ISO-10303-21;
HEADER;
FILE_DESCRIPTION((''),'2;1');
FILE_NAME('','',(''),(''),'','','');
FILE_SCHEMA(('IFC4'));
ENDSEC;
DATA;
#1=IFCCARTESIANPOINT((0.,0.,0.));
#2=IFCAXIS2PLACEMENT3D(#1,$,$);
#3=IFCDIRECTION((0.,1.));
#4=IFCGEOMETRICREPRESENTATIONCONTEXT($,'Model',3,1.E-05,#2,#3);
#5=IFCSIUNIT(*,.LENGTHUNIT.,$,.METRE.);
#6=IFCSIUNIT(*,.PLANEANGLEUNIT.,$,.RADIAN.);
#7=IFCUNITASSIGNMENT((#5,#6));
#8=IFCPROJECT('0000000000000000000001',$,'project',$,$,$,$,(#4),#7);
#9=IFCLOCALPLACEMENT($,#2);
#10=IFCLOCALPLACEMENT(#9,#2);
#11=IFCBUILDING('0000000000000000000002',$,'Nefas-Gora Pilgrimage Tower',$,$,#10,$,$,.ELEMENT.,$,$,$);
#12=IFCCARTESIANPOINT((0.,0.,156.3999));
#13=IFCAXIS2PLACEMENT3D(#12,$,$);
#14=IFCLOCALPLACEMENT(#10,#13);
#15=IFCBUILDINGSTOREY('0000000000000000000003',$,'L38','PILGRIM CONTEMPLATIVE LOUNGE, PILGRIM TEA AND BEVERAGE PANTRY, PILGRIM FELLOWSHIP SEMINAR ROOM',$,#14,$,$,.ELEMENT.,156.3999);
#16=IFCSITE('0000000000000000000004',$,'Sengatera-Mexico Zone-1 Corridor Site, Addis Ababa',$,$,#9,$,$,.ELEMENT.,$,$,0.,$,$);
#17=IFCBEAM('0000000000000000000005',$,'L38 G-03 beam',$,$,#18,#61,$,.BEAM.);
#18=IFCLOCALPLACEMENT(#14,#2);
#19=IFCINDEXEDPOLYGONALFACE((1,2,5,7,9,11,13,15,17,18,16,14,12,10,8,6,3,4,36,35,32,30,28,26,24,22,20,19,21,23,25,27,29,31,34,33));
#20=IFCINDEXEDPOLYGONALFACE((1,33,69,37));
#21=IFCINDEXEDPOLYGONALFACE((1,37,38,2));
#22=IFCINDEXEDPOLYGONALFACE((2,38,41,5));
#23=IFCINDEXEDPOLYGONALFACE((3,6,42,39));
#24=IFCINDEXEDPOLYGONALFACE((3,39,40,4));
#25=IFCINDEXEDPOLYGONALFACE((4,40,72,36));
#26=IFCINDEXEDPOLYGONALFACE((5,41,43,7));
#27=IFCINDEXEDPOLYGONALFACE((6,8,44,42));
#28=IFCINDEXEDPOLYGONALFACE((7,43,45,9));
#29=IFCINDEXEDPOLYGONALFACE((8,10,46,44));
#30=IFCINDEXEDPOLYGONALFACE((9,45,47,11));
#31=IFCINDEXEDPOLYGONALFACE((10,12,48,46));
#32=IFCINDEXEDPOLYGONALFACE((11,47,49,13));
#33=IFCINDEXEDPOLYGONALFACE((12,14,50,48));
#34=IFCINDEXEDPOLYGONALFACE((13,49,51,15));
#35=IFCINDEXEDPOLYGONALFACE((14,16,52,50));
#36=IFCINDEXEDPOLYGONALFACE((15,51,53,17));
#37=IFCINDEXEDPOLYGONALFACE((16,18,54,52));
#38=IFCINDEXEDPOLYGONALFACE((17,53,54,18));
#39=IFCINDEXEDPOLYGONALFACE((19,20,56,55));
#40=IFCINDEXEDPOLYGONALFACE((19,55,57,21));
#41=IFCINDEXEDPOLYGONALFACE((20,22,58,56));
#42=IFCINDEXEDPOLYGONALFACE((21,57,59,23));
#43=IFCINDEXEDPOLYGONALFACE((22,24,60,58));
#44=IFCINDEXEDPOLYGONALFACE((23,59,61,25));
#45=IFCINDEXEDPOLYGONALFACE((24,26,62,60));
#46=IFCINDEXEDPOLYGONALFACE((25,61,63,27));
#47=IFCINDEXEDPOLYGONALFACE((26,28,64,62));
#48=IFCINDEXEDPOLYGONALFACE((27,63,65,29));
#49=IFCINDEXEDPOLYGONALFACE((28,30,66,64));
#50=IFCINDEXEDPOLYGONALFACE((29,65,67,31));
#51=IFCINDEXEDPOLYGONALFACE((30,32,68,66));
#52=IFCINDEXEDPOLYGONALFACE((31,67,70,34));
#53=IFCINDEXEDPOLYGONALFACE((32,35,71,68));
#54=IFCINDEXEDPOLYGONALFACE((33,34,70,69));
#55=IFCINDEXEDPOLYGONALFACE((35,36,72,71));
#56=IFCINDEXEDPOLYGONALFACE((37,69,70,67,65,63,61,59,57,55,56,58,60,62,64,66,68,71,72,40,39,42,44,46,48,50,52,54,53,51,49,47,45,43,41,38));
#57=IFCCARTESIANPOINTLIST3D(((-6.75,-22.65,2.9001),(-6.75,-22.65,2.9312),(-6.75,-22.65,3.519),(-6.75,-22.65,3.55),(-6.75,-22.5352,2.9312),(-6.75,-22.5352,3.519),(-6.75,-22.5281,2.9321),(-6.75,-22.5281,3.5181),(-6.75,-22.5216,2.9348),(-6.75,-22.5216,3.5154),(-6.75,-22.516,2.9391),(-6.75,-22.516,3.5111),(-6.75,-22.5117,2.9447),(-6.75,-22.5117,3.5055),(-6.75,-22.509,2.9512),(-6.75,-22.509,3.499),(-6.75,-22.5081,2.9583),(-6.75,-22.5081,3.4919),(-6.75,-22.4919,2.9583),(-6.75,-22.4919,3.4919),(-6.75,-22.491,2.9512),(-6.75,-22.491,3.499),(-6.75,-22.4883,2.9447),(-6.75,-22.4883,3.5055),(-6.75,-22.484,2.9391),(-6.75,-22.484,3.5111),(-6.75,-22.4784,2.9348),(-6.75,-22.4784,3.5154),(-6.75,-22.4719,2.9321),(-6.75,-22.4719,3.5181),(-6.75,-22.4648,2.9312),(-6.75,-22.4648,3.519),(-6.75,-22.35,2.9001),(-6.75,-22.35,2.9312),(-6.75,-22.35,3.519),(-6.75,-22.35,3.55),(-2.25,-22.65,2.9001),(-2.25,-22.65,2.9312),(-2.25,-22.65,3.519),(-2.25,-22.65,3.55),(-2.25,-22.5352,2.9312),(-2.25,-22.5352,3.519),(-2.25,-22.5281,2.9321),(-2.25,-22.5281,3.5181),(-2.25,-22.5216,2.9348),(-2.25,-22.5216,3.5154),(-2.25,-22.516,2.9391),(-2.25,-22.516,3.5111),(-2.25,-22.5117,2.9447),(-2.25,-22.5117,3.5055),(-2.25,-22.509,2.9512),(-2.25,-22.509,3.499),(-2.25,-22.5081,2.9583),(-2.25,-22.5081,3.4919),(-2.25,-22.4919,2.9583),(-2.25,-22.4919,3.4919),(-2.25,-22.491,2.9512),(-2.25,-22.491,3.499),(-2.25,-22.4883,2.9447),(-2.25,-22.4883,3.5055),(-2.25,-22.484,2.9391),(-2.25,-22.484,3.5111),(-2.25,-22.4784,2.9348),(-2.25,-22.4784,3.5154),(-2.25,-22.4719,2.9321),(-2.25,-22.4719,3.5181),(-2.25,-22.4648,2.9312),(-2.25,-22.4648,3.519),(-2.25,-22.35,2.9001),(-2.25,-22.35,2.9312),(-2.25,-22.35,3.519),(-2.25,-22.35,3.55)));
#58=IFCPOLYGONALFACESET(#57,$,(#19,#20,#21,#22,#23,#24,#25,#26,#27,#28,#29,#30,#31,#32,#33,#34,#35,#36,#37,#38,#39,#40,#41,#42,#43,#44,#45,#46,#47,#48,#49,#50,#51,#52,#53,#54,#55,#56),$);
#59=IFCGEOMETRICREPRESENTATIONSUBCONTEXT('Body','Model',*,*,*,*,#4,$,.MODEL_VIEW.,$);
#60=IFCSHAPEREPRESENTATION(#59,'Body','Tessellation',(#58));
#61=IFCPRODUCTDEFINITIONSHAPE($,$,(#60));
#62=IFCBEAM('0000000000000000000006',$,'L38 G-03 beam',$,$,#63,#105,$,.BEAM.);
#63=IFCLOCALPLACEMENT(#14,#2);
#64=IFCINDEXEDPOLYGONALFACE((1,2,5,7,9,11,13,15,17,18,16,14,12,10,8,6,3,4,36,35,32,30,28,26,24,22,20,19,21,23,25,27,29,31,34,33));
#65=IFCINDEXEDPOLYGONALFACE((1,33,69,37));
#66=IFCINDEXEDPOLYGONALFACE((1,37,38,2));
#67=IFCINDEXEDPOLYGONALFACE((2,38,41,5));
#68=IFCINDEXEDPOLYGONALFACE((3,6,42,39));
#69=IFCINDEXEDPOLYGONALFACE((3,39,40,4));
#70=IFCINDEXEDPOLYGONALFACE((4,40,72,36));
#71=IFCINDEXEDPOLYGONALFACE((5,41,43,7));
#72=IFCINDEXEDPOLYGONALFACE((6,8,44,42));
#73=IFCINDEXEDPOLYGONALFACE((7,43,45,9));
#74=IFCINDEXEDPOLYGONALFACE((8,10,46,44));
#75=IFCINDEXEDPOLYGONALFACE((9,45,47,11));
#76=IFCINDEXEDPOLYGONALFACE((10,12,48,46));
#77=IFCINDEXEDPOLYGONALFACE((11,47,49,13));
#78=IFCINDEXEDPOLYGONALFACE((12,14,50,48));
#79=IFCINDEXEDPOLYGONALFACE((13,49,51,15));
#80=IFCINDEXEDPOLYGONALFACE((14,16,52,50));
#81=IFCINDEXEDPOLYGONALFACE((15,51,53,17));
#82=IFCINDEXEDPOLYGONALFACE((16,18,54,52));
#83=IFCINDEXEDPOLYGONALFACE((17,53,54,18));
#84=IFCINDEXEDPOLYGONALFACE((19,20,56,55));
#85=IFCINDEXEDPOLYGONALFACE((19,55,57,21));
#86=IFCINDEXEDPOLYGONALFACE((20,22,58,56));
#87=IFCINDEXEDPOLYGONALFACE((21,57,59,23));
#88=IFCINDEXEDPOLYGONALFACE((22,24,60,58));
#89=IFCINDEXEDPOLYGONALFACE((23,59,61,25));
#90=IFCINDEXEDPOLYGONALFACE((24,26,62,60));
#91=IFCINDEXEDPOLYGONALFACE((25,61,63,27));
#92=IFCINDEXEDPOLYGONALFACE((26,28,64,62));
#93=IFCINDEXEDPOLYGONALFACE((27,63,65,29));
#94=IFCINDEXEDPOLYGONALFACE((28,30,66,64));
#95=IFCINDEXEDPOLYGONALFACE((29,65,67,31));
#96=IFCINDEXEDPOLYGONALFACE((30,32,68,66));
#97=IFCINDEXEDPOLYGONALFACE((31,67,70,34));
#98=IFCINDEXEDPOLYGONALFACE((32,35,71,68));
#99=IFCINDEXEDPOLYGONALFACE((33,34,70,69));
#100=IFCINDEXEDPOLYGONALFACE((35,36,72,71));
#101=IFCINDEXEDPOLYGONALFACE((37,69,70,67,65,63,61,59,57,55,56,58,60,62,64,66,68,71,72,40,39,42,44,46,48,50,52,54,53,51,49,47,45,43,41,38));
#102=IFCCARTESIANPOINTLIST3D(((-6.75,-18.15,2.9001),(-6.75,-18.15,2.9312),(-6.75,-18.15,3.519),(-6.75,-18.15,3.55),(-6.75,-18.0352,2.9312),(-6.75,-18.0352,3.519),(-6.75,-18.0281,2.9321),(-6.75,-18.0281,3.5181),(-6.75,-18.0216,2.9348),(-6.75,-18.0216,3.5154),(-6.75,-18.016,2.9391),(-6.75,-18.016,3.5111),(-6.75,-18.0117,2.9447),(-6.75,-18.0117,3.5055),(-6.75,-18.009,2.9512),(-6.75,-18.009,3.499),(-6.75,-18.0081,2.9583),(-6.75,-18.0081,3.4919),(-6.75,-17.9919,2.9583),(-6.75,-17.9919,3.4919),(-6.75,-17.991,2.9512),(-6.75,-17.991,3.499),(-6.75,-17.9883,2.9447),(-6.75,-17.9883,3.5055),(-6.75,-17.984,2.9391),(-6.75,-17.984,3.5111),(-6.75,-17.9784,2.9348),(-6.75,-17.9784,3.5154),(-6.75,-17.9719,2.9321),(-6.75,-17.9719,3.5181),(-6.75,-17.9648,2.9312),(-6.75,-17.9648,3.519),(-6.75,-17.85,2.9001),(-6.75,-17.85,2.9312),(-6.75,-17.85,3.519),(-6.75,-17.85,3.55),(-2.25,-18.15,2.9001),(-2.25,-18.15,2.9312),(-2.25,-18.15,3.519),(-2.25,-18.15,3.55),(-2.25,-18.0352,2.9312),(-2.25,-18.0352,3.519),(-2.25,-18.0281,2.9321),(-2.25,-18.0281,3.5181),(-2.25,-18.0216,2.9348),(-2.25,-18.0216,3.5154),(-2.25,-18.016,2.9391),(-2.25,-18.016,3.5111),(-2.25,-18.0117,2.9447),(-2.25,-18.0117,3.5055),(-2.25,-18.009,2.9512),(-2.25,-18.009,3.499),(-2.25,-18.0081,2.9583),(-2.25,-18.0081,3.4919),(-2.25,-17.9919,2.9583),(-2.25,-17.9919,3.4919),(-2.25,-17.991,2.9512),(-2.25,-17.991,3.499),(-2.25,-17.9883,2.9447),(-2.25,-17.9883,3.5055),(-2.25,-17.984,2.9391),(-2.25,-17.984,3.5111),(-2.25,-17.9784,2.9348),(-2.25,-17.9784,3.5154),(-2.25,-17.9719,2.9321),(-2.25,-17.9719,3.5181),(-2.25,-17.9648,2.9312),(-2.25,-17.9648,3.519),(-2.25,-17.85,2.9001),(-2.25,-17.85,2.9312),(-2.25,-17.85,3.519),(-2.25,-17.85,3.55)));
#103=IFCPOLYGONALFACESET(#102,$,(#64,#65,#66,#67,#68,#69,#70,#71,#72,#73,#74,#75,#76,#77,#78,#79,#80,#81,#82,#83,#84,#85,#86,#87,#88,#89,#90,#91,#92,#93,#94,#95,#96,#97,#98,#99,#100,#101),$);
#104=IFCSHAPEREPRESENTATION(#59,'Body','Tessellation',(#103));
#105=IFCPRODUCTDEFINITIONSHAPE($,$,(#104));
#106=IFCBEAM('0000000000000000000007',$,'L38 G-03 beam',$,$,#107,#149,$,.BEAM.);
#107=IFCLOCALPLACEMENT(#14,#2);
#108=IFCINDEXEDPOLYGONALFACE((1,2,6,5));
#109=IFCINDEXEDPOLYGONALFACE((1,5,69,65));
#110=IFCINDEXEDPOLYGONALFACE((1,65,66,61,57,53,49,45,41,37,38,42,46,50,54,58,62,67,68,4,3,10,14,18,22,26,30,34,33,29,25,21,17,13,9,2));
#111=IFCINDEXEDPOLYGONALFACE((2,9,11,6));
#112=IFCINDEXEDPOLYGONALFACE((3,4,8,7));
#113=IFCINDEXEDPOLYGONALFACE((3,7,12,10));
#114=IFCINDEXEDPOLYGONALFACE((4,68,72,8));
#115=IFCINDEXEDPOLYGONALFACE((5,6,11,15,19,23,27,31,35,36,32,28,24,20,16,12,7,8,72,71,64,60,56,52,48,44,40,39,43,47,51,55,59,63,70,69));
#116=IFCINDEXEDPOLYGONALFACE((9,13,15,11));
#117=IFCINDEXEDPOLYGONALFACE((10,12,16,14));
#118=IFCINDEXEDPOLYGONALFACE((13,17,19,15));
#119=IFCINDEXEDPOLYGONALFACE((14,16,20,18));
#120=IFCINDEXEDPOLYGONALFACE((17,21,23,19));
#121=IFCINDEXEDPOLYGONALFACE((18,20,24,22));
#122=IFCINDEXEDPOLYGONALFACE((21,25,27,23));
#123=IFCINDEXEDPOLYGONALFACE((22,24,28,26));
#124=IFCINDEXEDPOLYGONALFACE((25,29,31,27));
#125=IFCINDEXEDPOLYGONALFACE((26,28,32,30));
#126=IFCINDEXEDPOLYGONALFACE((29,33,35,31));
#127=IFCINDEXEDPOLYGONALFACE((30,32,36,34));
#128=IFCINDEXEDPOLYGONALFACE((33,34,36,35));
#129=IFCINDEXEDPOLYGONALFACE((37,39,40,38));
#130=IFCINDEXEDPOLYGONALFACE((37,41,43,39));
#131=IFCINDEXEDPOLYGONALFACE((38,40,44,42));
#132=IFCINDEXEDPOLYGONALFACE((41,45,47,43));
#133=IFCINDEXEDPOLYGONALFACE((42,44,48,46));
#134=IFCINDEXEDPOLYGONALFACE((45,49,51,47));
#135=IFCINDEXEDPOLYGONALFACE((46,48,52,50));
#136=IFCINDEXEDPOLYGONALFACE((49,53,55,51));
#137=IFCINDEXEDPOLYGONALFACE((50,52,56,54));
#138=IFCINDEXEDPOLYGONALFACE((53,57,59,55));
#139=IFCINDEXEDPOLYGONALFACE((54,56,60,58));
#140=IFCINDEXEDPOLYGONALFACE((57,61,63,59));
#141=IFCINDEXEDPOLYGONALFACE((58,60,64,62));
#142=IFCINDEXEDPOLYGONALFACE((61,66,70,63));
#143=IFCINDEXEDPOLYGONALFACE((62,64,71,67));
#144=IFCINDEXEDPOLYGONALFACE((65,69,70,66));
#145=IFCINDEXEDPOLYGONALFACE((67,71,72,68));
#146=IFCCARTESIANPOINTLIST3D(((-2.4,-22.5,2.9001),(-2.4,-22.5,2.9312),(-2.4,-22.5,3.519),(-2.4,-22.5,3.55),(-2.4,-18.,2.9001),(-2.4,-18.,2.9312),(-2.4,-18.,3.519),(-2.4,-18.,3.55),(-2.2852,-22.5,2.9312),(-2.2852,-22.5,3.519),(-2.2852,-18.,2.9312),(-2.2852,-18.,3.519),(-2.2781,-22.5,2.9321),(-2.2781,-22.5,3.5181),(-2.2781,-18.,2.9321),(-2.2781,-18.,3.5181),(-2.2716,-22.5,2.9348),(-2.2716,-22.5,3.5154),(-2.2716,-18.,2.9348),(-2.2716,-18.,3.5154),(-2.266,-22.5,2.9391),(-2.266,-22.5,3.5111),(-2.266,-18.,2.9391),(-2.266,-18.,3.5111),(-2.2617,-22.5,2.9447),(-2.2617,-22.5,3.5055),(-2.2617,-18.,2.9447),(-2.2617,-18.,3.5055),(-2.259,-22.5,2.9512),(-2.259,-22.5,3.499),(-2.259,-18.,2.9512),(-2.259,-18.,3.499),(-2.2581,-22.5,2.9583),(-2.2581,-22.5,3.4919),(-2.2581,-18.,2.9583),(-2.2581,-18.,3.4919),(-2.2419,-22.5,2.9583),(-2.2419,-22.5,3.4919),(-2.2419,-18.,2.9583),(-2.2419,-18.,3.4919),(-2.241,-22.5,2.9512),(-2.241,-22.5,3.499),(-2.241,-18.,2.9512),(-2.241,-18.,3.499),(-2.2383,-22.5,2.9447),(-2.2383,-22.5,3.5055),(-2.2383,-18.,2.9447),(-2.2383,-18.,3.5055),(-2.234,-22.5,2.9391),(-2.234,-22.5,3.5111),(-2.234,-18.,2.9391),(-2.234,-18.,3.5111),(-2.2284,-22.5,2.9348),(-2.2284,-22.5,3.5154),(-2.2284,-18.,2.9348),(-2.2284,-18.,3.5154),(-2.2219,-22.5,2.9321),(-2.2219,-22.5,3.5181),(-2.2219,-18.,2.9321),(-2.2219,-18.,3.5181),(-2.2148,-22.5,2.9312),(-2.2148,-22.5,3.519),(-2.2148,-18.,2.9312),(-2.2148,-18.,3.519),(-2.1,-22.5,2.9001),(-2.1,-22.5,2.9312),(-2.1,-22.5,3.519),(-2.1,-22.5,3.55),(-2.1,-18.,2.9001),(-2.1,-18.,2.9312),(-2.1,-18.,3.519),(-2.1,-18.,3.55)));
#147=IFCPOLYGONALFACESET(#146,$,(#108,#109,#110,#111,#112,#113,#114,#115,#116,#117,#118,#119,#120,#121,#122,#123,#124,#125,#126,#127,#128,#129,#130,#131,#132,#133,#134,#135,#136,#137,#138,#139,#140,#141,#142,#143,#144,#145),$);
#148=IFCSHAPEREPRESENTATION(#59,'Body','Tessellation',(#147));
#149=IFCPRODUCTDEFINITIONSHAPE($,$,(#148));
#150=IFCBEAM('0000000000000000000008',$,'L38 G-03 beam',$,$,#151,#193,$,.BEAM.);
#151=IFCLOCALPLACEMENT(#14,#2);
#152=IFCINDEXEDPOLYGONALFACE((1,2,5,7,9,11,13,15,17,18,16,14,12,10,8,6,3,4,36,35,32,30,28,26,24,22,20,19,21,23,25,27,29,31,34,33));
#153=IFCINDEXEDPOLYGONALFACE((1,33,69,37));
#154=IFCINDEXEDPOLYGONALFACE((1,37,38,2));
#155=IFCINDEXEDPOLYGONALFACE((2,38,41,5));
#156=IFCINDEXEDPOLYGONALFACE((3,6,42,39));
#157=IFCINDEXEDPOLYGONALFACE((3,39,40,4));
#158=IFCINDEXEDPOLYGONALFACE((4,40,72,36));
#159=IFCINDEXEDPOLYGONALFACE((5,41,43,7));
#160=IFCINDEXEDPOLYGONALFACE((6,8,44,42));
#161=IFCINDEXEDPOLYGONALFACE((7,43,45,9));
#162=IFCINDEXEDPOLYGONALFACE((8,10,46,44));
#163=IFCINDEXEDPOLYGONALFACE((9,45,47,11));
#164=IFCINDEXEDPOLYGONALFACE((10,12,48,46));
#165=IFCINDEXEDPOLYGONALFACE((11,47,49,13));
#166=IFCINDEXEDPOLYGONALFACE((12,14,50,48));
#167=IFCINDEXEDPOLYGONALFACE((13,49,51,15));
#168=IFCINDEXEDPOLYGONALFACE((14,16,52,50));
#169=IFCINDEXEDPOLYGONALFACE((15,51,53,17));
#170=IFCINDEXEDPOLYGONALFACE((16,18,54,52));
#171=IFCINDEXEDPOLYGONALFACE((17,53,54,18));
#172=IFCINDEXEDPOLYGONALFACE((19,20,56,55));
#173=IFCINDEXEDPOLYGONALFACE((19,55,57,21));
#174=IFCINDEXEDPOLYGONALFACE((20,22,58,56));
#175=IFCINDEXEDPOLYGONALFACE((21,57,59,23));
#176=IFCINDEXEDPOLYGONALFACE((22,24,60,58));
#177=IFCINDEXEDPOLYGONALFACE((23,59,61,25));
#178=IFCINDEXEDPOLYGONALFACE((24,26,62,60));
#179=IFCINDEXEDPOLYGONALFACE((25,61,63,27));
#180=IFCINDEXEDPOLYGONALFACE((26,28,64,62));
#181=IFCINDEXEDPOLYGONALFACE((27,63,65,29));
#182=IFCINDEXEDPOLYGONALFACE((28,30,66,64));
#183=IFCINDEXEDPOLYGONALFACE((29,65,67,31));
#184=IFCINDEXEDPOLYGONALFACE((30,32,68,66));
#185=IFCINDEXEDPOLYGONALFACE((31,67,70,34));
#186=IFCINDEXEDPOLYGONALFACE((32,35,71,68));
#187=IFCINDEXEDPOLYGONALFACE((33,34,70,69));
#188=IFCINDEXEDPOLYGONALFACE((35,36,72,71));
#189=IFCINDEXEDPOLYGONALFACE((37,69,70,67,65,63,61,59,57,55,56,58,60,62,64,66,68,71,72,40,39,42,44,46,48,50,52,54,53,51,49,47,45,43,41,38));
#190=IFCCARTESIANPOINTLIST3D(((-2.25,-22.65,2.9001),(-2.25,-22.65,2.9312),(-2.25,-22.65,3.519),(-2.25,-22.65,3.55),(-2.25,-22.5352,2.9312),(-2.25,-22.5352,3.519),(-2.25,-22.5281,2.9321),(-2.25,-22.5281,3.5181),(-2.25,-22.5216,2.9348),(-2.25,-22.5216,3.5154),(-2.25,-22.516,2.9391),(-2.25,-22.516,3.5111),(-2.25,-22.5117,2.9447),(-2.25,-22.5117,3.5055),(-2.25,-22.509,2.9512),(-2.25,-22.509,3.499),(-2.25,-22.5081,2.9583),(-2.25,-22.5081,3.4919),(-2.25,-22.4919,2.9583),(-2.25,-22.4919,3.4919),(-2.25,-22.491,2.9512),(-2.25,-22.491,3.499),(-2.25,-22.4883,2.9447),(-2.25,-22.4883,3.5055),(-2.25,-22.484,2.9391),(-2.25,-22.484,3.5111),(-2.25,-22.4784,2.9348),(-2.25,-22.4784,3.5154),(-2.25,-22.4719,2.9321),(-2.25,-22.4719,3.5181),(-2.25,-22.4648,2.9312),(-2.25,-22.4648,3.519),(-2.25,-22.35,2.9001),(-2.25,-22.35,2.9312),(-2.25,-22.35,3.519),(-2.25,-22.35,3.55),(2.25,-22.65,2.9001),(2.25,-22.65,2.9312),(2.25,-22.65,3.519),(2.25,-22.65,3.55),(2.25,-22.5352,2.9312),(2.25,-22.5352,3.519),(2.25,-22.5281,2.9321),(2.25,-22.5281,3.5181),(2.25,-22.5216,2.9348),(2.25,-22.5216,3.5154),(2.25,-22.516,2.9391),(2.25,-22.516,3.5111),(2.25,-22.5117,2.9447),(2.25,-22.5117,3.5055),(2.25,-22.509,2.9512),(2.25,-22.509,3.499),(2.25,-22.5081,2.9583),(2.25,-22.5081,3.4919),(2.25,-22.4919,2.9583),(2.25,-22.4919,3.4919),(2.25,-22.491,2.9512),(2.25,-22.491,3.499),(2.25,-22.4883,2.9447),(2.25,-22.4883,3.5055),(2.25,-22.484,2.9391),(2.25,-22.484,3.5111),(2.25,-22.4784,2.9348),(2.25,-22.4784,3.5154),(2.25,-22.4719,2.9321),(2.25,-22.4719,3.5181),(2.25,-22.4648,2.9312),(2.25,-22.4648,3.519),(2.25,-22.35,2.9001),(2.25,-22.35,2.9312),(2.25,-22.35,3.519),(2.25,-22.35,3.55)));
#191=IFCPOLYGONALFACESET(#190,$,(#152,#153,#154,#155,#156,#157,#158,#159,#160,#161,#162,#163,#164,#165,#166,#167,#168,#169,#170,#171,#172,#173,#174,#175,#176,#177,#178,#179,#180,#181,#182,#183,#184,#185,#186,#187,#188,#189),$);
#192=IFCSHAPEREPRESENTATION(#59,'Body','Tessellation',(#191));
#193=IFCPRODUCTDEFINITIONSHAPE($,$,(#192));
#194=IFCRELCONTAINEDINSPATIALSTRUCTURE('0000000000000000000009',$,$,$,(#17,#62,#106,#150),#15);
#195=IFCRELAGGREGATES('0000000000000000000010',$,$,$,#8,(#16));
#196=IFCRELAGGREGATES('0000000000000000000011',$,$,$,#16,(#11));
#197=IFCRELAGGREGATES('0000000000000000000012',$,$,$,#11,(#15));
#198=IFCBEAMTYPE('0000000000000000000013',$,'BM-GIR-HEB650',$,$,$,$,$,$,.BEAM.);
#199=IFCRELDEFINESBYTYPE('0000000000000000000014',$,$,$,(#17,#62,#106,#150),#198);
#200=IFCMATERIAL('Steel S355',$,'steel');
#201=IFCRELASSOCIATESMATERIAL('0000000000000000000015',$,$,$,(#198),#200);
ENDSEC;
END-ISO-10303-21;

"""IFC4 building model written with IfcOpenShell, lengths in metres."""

from ifc_helpers import new_model, si_unit, direction, frame, origin, origin_2d, place, context, subcontext, project, spatial, i_section, extrude, source, transform, mapped, material, material_profile, profile_set, type_object, element, save


model = new_model("IFC4")

# Units and contexts
model_context = context("Model", 3, precision=1e-05, world=origin(), true_north=direction((0.0, 1.0)))
body_context = subcontext(model_context, "Body", "Model", "MODEL_VIEW")
ifc_project = project(units=[si_unit("LENGTHUNIT", "METRE"), si_unit("PLANEANGLEUNIT", "RADIAN")], contexts=[model_context])

# Site, building, storey
site_placement = place(None, origin())
site = spatial("IfcSite", under=ifc_project, at=site_placement, Name="Sengatera-Mexico Zone-1 Corridor Site, Addis Ababa", CompositionType="ELEMENT", RefElevation=0.0)
building_placement = place(site_placement, origin())
building = spatial("IfcBuilding", under=site, at=building_placement, Name="Nefas-Gora Pilgrimage Tower", CompositionType="ELEMENT")
storey_placement = place(building_placement, frame((0.0, 0.0, 156.3999)))
storey = spatial("IfcBuildingStorey", under=building, at=storey_placement, Name="L38", Description="PILGRIM CONTEMPLATIVE LOUNGE, PILGRIM TEA AND BEVERAGE PANTRY, PILGRIM FELLOWSHIP SEMINAR ROOM", CompositionType="ELEMENT", Elevation=156.3999)

# Beams
ifc_material_1 = material(Name="Steel S355", Category="steel")
ifc_material_profile_1 = material_profile(ifc_material_1, i_section(OverallWidth=0.3, OverallDepth=0.6499, WebThickness=0.0161, FlangeThickness=0.031, FilletRadius=0.0271, at=origin_2d()), Name="HEB 650")
ifc_profile_set_1 = profile_set([ifc_material_profile_1], Name="Steel S355")
beam_type = type_object("IfcBeamType", Name="BM-GIR-HEB650", PredefinedType="BEAM", material=ifc_profile_set_1)
shared_shape_1 = source(origin(), body_context, "Body", "SweptSolid", [
    extrude(i_section(OverallWidth=0.3, OverallDepth=0.6499, WebThickness=0.0161, FlangeThickness=0.031, FilletRadius=0.0271, at=origin_2d()), origin(), (0.0, 0.0, 1.0), 4.5),
])
for number, where, z_axis, x_axis, name in (
    (1, (-6.75, -22.5, 3.2251), (1.0, 0.0, 0.0), (0.0, 1.0, 0.0), "L38 G-03 beam"),
    (2, (-6.75, -18.0, 3.2251), (1.0, 0.0, 0.0), (0.0, 1.0, 0.0), "L38 G-03 beam"),
    (3, (-2.25, -22.5, 3.2251), (0.0, 1.0, 0.0), (-1.0, 0.0, 0.0), "L38 G-03 beam"),
    (4, (-2.25, -22.5, 3.2251), (1.0, 0.0, 0.0), (0.0, 1.0, 0.0), "L38 G-03 beam"),
):
    element("IfcBeam", number, at=place(storey_placement, frame(where, z_axis=z_axis, x_axis=x_axis)), inside=storey, type_object=beam_type, Name=name, PredefinedType="BEAM", context=body_context, shape_type="MappedRepresentation", body=[
        mapped(shared_shape_1, transform((0.0, 0.0, 0.0), x_axis=(1.0, 0.0, 0.0), y_axis=(0.0, 1.0, 0.0), z_axis=(0.0, 0.0, 1.0), scale=1.0)),
    ])

save(model, "model.ifc")
